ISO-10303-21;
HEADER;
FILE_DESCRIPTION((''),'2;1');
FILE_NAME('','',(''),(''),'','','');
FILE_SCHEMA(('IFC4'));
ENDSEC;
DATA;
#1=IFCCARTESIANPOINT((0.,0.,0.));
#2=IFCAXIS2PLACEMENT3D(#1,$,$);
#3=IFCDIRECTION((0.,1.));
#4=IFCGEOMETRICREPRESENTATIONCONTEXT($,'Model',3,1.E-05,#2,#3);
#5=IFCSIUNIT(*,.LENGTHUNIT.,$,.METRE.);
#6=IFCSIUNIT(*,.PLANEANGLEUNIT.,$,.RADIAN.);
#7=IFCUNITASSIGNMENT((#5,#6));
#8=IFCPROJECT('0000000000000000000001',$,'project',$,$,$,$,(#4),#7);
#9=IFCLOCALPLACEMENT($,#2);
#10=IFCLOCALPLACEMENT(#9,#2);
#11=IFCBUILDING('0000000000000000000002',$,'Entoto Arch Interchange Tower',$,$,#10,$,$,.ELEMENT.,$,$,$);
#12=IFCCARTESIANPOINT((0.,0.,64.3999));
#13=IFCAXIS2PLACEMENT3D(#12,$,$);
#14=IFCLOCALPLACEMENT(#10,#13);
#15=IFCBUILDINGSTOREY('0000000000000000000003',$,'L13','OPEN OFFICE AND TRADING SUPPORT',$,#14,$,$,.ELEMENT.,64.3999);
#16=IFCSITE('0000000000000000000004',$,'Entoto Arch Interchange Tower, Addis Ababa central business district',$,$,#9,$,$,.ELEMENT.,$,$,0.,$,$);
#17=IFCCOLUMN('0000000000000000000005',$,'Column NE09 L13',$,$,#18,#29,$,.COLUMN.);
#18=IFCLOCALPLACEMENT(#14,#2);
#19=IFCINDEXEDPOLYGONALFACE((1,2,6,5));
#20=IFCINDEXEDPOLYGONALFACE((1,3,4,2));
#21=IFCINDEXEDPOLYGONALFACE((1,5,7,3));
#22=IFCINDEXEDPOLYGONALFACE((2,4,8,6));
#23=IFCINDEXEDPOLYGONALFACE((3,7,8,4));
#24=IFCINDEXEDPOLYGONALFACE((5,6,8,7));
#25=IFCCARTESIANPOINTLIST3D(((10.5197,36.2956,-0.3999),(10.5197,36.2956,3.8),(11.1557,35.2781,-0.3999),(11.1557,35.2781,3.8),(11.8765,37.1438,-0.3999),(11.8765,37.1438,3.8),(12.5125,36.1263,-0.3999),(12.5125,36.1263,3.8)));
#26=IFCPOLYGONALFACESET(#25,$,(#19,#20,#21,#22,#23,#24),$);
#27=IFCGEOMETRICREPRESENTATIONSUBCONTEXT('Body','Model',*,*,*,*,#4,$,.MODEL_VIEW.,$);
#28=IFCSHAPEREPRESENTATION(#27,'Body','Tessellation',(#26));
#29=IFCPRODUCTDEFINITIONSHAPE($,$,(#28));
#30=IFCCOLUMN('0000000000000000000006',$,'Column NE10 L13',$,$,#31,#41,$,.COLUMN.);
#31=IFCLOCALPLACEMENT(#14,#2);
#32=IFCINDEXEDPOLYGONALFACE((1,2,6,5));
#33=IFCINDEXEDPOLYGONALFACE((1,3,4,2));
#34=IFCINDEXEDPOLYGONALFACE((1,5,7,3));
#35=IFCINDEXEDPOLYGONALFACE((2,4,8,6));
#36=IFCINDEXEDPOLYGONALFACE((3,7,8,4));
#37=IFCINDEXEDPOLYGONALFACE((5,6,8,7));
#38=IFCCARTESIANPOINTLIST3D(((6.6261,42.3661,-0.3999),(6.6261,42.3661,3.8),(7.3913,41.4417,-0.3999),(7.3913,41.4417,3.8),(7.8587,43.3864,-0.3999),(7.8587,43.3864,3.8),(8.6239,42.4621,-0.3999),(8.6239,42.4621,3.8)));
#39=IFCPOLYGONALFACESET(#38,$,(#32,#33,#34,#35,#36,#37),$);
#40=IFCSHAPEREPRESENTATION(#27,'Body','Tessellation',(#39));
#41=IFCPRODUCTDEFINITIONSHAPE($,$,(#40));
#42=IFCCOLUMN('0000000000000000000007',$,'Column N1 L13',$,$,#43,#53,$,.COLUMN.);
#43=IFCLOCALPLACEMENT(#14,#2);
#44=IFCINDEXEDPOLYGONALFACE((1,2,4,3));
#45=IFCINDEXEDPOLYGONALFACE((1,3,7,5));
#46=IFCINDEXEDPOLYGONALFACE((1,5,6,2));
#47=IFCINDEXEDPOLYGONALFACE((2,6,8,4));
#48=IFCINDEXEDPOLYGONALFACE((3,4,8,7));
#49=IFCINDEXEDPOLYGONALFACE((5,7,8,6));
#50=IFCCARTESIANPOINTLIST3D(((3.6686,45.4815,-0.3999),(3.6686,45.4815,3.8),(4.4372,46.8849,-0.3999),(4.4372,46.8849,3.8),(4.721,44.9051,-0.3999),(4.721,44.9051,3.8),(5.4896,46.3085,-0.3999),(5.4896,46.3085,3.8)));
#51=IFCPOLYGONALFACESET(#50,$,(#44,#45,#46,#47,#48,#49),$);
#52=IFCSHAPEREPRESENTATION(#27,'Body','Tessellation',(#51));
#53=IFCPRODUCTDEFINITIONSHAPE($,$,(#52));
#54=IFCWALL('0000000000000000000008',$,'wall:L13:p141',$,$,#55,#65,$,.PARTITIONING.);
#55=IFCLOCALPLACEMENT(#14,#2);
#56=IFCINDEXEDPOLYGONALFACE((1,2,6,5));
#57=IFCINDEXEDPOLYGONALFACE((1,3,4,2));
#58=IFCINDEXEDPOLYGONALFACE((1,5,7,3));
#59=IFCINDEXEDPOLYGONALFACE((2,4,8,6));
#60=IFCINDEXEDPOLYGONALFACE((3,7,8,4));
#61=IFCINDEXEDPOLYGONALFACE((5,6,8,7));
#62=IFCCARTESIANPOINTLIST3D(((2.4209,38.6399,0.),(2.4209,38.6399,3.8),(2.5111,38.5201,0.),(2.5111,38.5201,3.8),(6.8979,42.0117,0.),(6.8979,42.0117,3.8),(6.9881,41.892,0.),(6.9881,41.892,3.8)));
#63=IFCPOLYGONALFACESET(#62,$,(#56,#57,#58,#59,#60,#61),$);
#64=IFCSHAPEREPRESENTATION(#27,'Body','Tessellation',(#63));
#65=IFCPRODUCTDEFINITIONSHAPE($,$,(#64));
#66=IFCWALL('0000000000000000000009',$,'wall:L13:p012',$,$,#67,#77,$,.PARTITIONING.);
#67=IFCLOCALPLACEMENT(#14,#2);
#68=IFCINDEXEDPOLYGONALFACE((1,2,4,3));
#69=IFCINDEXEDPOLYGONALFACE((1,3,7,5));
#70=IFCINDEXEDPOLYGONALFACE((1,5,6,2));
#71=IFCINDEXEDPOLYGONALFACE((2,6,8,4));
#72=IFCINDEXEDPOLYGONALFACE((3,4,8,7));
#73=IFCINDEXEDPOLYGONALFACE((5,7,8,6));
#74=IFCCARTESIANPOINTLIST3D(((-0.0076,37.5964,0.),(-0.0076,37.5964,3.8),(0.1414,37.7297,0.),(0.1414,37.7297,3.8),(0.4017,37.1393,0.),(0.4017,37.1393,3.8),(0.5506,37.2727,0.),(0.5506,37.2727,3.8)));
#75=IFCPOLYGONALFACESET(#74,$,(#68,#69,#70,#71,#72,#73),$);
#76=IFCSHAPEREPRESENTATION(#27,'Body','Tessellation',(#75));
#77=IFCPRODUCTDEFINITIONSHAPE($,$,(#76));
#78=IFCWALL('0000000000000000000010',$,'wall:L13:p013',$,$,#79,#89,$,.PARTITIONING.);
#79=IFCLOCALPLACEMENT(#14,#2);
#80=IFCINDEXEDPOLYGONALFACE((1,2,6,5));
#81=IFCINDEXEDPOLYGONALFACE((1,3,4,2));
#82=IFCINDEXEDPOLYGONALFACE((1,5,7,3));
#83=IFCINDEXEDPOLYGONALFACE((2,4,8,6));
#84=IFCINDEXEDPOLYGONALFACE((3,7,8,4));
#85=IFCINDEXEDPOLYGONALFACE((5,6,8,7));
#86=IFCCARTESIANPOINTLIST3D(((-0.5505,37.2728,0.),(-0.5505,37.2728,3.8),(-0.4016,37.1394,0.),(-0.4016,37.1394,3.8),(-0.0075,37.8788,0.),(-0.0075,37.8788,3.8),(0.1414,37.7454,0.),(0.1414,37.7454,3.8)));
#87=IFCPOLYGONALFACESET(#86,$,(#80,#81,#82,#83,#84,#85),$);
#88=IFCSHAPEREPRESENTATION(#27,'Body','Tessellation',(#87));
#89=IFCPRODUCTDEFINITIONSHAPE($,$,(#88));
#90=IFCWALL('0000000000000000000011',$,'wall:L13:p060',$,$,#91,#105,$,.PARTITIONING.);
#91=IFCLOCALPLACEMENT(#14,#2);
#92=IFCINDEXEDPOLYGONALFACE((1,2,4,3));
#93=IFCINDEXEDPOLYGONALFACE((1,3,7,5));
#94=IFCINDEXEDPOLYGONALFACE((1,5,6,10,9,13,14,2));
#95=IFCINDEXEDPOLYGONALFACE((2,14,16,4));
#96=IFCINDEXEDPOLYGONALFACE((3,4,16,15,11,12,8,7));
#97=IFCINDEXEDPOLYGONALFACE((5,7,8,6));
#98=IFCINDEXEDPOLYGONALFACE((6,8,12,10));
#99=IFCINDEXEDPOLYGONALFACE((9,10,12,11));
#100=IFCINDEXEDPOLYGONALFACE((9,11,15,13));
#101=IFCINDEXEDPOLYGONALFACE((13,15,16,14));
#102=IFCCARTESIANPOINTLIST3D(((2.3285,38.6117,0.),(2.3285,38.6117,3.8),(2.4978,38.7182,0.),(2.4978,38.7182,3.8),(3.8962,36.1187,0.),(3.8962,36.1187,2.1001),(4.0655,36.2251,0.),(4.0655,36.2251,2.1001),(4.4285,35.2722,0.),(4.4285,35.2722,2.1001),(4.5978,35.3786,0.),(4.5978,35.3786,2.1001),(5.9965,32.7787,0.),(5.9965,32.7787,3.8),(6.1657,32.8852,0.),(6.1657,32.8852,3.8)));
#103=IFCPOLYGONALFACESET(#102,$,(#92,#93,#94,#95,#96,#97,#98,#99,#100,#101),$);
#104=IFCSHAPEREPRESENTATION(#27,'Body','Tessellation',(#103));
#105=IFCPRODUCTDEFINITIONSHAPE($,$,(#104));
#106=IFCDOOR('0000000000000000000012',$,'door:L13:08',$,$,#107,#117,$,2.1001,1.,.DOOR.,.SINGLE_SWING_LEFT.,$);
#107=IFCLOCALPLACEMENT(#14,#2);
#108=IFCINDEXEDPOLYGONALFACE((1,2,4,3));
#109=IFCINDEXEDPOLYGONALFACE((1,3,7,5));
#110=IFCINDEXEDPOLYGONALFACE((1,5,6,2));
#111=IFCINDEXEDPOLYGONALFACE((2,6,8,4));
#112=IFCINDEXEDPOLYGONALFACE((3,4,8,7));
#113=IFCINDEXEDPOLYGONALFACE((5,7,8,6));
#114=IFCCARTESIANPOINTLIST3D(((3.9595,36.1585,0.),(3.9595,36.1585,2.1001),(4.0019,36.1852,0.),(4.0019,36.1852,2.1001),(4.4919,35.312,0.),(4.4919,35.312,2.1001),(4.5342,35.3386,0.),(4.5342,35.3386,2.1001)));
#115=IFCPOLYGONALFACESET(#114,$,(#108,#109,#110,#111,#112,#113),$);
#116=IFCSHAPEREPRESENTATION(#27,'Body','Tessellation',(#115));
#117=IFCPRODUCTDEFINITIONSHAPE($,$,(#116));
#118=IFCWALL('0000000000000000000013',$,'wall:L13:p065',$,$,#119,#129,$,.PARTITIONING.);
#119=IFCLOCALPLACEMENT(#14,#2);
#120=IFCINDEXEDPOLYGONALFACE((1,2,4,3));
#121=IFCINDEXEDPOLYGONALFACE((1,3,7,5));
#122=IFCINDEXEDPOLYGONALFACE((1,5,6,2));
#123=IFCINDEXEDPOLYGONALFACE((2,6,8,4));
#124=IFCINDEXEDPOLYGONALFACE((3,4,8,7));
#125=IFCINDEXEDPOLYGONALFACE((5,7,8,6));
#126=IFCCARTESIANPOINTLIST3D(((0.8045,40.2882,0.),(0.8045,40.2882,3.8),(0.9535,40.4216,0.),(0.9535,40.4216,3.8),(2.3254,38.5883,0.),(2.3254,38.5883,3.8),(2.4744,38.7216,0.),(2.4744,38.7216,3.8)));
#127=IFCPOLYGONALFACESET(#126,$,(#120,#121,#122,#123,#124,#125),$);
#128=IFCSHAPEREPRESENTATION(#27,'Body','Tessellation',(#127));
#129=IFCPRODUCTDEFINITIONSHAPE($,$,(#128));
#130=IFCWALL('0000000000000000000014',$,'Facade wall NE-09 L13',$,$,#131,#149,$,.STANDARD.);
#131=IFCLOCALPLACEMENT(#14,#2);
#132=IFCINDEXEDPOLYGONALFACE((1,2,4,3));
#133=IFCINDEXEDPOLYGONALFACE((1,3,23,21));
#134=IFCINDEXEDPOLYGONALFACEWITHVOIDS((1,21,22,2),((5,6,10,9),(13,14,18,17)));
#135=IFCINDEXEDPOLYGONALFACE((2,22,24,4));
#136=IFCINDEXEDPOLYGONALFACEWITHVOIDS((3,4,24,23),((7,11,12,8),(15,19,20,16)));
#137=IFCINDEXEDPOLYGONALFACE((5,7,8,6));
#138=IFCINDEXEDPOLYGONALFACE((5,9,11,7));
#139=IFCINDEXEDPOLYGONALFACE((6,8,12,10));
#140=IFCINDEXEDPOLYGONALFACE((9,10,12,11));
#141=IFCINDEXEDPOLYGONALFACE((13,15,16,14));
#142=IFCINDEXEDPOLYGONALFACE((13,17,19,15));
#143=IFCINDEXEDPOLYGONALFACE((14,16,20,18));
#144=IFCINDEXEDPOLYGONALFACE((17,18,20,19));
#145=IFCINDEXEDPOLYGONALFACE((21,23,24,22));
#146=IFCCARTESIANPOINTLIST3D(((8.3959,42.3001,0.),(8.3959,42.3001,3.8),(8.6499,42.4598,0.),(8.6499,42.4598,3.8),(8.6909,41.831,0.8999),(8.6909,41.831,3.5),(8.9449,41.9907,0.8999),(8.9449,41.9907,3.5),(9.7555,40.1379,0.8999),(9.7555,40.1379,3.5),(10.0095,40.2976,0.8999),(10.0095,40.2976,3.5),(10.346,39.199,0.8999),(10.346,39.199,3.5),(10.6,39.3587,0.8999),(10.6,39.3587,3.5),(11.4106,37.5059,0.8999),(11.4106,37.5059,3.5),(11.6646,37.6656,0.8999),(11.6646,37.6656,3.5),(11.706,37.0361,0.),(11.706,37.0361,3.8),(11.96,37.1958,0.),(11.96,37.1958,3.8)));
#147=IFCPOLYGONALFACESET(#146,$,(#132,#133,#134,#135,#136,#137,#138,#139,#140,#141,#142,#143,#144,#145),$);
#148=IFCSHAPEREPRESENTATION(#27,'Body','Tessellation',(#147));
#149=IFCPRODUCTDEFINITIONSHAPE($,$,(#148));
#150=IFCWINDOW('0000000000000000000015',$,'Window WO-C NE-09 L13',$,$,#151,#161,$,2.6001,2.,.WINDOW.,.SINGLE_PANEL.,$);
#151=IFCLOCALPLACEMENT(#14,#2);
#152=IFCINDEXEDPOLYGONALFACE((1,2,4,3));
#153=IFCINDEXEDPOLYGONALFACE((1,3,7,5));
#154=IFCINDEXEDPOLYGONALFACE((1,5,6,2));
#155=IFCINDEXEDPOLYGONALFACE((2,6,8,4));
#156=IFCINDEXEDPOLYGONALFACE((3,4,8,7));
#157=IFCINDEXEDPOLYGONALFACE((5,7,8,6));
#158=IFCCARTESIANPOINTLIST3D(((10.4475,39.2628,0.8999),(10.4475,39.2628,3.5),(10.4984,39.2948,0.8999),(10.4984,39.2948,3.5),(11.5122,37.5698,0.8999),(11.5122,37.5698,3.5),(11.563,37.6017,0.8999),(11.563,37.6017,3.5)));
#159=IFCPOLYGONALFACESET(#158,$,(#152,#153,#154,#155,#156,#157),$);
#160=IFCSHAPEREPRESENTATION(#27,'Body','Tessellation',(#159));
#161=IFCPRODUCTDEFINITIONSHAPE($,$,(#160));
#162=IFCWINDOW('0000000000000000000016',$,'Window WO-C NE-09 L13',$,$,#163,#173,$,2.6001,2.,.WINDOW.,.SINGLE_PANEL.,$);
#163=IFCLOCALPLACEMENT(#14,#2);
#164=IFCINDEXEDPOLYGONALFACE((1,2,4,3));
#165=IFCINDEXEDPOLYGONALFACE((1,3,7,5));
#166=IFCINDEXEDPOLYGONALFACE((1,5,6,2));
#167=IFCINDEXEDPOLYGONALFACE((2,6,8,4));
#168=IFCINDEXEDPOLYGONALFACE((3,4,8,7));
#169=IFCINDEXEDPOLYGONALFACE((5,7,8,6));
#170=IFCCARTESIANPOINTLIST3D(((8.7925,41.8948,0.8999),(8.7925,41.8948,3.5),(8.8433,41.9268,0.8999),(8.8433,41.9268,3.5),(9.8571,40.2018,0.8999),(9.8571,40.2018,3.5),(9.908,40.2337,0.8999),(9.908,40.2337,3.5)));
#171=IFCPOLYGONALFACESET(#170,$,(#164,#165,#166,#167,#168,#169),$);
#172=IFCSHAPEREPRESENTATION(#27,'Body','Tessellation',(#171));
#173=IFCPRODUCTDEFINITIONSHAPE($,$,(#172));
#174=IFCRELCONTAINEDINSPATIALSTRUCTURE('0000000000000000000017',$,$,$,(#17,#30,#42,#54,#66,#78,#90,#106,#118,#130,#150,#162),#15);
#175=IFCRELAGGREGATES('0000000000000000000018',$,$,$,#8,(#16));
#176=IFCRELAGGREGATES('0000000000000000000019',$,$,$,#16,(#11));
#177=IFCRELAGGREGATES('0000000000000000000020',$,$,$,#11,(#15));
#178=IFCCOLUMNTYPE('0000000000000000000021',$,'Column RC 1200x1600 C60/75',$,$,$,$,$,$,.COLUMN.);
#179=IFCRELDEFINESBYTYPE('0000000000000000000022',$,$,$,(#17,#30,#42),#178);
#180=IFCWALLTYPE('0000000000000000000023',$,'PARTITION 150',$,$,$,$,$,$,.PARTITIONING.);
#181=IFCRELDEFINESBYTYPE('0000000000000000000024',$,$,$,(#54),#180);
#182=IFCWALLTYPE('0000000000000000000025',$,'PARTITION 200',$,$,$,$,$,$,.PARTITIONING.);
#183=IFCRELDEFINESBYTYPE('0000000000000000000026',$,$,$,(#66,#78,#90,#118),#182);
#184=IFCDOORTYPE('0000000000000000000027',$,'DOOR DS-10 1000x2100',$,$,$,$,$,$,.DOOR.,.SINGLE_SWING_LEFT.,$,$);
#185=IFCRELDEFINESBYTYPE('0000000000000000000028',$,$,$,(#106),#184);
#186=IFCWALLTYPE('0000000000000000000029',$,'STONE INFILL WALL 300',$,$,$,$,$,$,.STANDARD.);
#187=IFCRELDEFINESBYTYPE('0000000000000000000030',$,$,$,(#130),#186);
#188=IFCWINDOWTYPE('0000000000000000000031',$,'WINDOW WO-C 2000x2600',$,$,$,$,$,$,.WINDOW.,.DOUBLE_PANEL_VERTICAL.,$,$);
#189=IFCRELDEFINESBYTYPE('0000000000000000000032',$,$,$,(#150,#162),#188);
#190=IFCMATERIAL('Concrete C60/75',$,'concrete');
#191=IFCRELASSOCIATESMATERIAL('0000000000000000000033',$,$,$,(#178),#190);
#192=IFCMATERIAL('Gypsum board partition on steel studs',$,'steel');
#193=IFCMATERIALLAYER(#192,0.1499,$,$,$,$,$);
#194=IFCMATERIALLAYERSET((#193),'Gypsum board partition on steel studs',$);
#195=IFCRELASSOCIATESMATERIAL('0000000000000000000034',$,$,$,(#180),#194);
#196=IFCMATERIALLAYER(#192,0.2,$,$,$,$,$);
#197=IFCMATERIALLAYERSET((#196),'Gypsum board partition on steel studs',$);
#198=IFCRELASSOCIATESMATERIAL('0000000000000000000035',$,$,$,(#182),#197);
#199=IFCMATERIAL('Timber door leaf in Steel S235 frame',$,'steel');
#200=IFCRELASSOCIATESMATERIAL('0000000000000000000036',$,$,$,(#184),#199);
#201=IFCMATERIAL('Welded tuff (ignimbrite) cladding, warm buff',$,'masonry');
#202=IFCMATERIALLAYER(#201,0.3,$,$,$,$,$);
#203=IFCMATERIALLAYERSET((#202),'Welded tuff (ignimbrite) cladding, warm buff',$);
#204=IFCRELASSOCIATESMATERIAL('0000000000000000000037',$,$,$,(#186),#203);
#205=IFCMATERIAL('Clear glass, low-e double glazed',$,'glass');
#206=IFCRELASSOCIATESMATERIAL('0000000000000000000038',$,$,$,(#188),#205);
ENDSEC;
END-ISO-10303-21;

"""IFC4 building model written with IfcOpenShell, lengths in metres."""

from ifc_helpers import new_model, si_unit, direction, frame, frame_2d, origin, origin_2d, place, context, subcontext, project, spatial, rectangle, extrude, material, layer, layer_set, material_profile, profile_set, type_object, element, fill, save


model = new_model("IFC4")

# Units and contexts
model_context = context("Model", 3, precision=1e-05, world=origin(), true_north=direction((0.0, 1.0)))
body_context = subcontext(model_context, "Body", "Model", "MODEL_VIEW")
ifc_project = project(units=[si_unit("LENGTHUNIT", "METRE"), si_unit("PLANEANGLEUNIT", "RADIAN")], contexts=[model_context])

# Site, building, storey
site_placement = place(None, origin())
site = spatial("IfcSite", under=ifc_project, at=site_placement, Name="Entoto Arch Interchange Tower, Addis Ababa central business district", CompositionType="ELEMENT", RefElevation=0.0)
building_placement = place(site_placement, origin())
building = spatial("IfcBuilding", under=site, at=building_placement, Name="Entoto Arch Interchange Tower", CompositionType="ELEMENT")
storey_placement = place(building_placement, frame((0.0, 0.0, 64.3999)))
storey = spatial("IfcBuildingStorey", under=building, at=storey_placement, Name="L13", Description="OPEN OFFICE AND TRADING SUPPORT", CompositionType="ELEMENT", Elevation=64.3999)

# Columns
ifc_material_1 = material(Name="Concrete C60/75", Category="concrete")
ifc_material_profile = material_profile(ifc_material_1, rectangle(XDim=1.2, YDim=1.6001, at=origin_2d()))
ifc_profile_set = profile_set([ifc_material_profile], Name="Concrete C60/75")
column_type = type_object("IfcColumnType", Name="Column RC 1200x1600 C60/75", PredefinedType="COLUMN", material=ifc_profile_set)
for number, where, z_axis, x_axis, name in (
    (1, (11.5161, 36.2109, -0.3999), (0.0, 0.0, 1.0), (-0.530067, 0.847956, 0.0), "Column NE09 L13"),
    (2, (7.625, 42.4141, -0.3999), (0.0, 0.0, 1.0), (-0.637666, 0.770313, 0.0), "Column NE10 L13"),
    (3, (4.5791, 45.895, -0.3999), (0.0, 0.0, 1.0), (-0.877079, 0.480346, 0.0), "Column N1 L13"),
):
    element("IfcColumn", number, at=place(storey_placement, frame(where, z_axis=z_axis, x_axis=x_axis)), inside=storey, type_object=column_type, Name=name, PredefinedType="COLUMN", context=body_context, shape_type="SweptSolid", body=[
        extrude(rectangle(XDim=1.2, YDim=1.6001, at=origin_2d()), origin(), (0.0, 0.0, 1.0), 4.2),
    ])

# Walls
ifc_material_2 = material(Name="Gypsum board partition on steel studs", Category="steel")
ifc_layer_1 = layer(ifc_material_2, 0.1499)
ifc_layer_set_1 = layer_set([ifc_layer_1], Name="Gypsum board partition on steel studs")
wall_type_1 = type_object("IfcWallType", Name="PARTITION 150", PredefinedType="PARTITIONING", material=ifc_layer_set_1)
wall_1_placement = place(storey_placement, frame((2.4661, 38.5801, 0.0), z_axis=(0.0, 0.0, 1.0), x_axis=(0.798796, 0.601602, 0.0)))
element("IfcWall", 4, at=wall_1_placement, inside=storey, type_object=wall_type_1, Name="wall:L13:p141", PredefinedType="PARTITIONING", context=body_context, shape_type="SweptSolid", body=[
    extrude(rectangle(XDim=5.6047, YDim=0.1499, at=frame_2d((2.8022, 0.0))), origin(), (0.0, 0.0, 1.0), 3.8),
])
ifc_layer_2 = layer(ifc_material_2, 0.2)
ifc_layer_set_2 = layer_set([ifc_layer_2], Name="Gypsum board partition on steel studs")
wall_type_2 = type_object("IfcWallType", Name="PARTITION 200", PredefinedType="PARTITIONING", material=ifc_layer_set_2)
wall_2_placement = place(storey_placement, frame((0.4761, 37.2061, 0.0), z_axis=(0.0, 0.0, 1.0), x_axis=(-0.667027, 0.745033, 0.0)))
element("IfcWall", 5, at=wall_2_placement, inside=storey, type_object=wall_type_2, Name="wall:L13:p012", PredefinedType="PARTITIONING", context=body_context, shape_type="SweptSolid", body=[
    extrude(rectangle(XDim=0.6135, YDim=0.2, at=frame_2d((0.3066, 0.0))), origin(), (0.0, 0.0, 1.0), 3.8),
])
wall_3_placement = place(storey_placement, frame((0.0669, 37.812, 0.0), z_axis=(0.0, 0.0, 1.0), x_axis=(-0.667338, -0.744755, 0.0)))
element("IfcWall", 6, at=wall_3_placement, inside=storey, type_object=wall_type_2, Name="wall:L13:p013", PredefinedType="PARTITIONING", context=body_context, shape_type="SweptSolid", body=[
    extrude(rectangle(XDim=0.8137, YDim=0.2, at=frame_2d((0.4067, 0.0))), origin(), (0.0, 0.0, 1.0), 3.8),
])

# Wall, opening, door
wall_4_placement = place(storey_placement, frame((2.4131, 38.665, 0.0), z_axis=(0.0, 0.0, 1.0), x_axis=(0.532328, -0.846538, 0.0)))
wall_4 = element("IfcWall", 7, at=wall_4_placement, inside=storey, type_object=wall_type_2, Name="wall:L13:p060", PredefinedType="PARTITIONING", context=body_context, shape_type="SweptSolid", body=[
    extrude(rectangle(XDim=6.8904, YDim=0.2, at=frame_2d((3.4453, 0.0))), origin(), (0.0, 0.0, 1.0), 3.8),
])
opening_1_placement = place(wall_4_placement, frame((2.9451, 0.0, 0.0)))
opening_1 = element("IfcOpeningElement", 8, at=opening_1_placement, cuts=wall_4, PredefinedType="OPENING", context=body_context, shape_type="SweptSolid", body=[
    extrude(rectangle(XDim=1.0, YDim=2.1001, at=frame_2d((0.5, 1.05))), frame((0.0, 0.1099, 0.0), z_axis=(0.0, -1.0, 0.0), x_axis=(1.0, 0.0, 0.0)), (0.0, 0.0, 1.0), 0.22),
])
ifc_material_3 = material(Name="Timber door leaf in Steel S235 frame", Category="steel")
door_type = type_object("IfcDoorType", Name="DOOR DS-10 1000x2100", OperationType="SINGLE_SWING_LEFT", PredefinedType="DOOR", material=ifc_material_3)
door_placement = place(opening_1_placement, origin())
door = element("IfcDoor", 9, at=door_placement, inside=storey, type_object=door_type, Name="door:L13:08", OperationType="SINGLE_SWING_LEFT", OverallHeight=2.1001, OverallWidth=1.0, PredefinedType="DOOR", context=body_context, shape_type="SweptSolid", body=[
    extrude(rectangle(XDim=1.0, YDim=2.1001, at=frame_2d((0.5, 1.05))), frame((0.0, 0.0249, 0.0), z_axis=(0.0, -1.0, 0.0), x_axis=(1.0, 0.0, 0.0)), (0.0, 0.0, 1.0), 0.05),
])
fill(opening_1, door)

# Wall
wall_5_placement = place(storey_placement, frame((0.8789, 40.355, 0.0), z_axis=(0.0, 0.0, 1.0), x_axis=(0.666792, -0.745244, 0.0)))
element("IfcWall", 10, at=wall_5_placement, inside=storey, type_object=wall_type_2, Name="wall:L13:p065", PredefinedType="PARTITIONING", context=body_context, shape_type="SweptSolid", body=[
    extrude(rectangle(XDim=2.281, YDim=0.2, at=frame_2d((1.1406, 0.0))), origin(), (0.0, 0.0, 1.0), 3.8),
])

# Wall, openings, windows
ifc_material_4 = material(Name="Welded tuff (ignimbrite) cladding, warm buff", Category="masonry")
ifc_layer_3 = layer(ifc_material_4, 0.3)
ifc_layer_set_3 = layer_set([ifc_layer_3], Name="Welded tuff (ignimbrite) cladding, warm buff")
wall_type_3 = type_object("IfcWallType", Name="STONE INFILL WALL 300", PredefinedType="STANDARD", material=ifc_layer_set_3)
wall_6_placement = place(storey_placement, frame((11.833, 37.116, 0.0), z_axis=(0.0, 0.0, 1.0), x_axis=(-0.532323, 0.846542, 0.0)))
wall_6 = element("IfcWall", 11, at=wall_6_placement, inside=storey, type_object=wall_type_3, Name="Facade wall NE-09 L13", PredefinedType="STANDARD", context=body_context, shape_type="SweptSolid", body=[
    extrude(rectangle(XDim=6.2183, YDim=0.3, at=frame_2d((3.1091, 0.0))), origin(), (0.0, 0.0, 1.0), 3.8),
])
opening_2_placement = place(wall_6_placement, frame((0.5549, 0.0, 0.8999)))
opening_2 = element("IfcOpeningElement", 12, at=opening_2_placement, cuts=wall_6, PredefinedType="OPENING", context=body_context, shape_type="SweptSolid", body=[
    extrude(rectangle(XDim=2.0, YDim=2.6001, at=frame_2d((1.0, 1.3))), frame((0.0, 0.1602, 0.0), z_axis=(0.0, -1.0, 0.0), x_axis=(1.0, 0.0, 0.0)), (0.0, 0.0, 1.0), 0.3201),
])
opening_3_placement = place(wall_6_placement, frame((3.6641, 0.0, 0.8999)))
opening_3 = element("IfcOpeningElement", 13, at=opening_3_placement, cuts=wall_6, PredefinedType="OPENING", context=body_context, shape_type="SweptSolid", body=[
    extrude(rectangle(XDim=2.0, YDim=2.6001, at=frame_2d((1.0, 1.3))), frame((0.0, 0.1602, 0.0), z_axis=(0.0, -1.0, 0.0), x_axis=(1.0, 0.0, 0.0)), (0.0, 0.0, 1.0), 0.3201),
])
ifc_material_5 = material(Name="Clear glass, low-e double glazed", Category="glass")
window_type_1 = type_object("IfcWindowType", Name="WINDOW WO-C 2000x2600", PartitioningType="DOUBLE_PANEL_VERTICAL", PredefinedType="WINDOW", material=ifc_material_5)
window_1_placement = place(opening_2_placement, origin())
window_1 = element("IfcWindow", 14, at=window_1_placement, inside=storey, type_object=window_type_1, Name="Window WO-C NE-09 L13", OverallHeight=2.6001, OverallWidth=2.0, PartitioningType="SINGLE_PANEL", PredefinedType="WINDOW", context=body_context, shape_type="SweptSolid", body=[
    extrude(rectangle(XDim=2.0, YDim=2.6001, at=frame_2d((1.0, 1.3))), frame((0.0, 0.03, 0.0), z_axis=(0.0, -1.0, 0.0), x_axis=(1.0, 0.0, 0.0)), (0.0, 0.0, 1.0), 0.0601),
])
fill(opening_2, window_1)
window_2_placement = place(opening_3_placement, origin())
window_2 = element("IfcWindow", 15, at=window_2_placement, inside=storey, type_object=window_type_1, Name="Window WO-C NE-09 L13", OverallHeight=2.6001, OverallWidth=2.0, PartitioningType="SINGLE_PANEL", PredefinedType="WINDOW", context=body_context, shape_type="SweptSolid", body=[
    extrude(rectangle(XDim=2.0, YDim=2.6001, at=frame_2d((1.0, 1.3))), frame((0.0, 0.03, 0.0), z_axis=(0.0, -1.0, 0.0), x_axis=(1.0, 0.0, 0.0)), (0.0, 0.0, 1.0), 0.0601),
])
fill(opening_3, window_2)

save(model, "model.ifc")
